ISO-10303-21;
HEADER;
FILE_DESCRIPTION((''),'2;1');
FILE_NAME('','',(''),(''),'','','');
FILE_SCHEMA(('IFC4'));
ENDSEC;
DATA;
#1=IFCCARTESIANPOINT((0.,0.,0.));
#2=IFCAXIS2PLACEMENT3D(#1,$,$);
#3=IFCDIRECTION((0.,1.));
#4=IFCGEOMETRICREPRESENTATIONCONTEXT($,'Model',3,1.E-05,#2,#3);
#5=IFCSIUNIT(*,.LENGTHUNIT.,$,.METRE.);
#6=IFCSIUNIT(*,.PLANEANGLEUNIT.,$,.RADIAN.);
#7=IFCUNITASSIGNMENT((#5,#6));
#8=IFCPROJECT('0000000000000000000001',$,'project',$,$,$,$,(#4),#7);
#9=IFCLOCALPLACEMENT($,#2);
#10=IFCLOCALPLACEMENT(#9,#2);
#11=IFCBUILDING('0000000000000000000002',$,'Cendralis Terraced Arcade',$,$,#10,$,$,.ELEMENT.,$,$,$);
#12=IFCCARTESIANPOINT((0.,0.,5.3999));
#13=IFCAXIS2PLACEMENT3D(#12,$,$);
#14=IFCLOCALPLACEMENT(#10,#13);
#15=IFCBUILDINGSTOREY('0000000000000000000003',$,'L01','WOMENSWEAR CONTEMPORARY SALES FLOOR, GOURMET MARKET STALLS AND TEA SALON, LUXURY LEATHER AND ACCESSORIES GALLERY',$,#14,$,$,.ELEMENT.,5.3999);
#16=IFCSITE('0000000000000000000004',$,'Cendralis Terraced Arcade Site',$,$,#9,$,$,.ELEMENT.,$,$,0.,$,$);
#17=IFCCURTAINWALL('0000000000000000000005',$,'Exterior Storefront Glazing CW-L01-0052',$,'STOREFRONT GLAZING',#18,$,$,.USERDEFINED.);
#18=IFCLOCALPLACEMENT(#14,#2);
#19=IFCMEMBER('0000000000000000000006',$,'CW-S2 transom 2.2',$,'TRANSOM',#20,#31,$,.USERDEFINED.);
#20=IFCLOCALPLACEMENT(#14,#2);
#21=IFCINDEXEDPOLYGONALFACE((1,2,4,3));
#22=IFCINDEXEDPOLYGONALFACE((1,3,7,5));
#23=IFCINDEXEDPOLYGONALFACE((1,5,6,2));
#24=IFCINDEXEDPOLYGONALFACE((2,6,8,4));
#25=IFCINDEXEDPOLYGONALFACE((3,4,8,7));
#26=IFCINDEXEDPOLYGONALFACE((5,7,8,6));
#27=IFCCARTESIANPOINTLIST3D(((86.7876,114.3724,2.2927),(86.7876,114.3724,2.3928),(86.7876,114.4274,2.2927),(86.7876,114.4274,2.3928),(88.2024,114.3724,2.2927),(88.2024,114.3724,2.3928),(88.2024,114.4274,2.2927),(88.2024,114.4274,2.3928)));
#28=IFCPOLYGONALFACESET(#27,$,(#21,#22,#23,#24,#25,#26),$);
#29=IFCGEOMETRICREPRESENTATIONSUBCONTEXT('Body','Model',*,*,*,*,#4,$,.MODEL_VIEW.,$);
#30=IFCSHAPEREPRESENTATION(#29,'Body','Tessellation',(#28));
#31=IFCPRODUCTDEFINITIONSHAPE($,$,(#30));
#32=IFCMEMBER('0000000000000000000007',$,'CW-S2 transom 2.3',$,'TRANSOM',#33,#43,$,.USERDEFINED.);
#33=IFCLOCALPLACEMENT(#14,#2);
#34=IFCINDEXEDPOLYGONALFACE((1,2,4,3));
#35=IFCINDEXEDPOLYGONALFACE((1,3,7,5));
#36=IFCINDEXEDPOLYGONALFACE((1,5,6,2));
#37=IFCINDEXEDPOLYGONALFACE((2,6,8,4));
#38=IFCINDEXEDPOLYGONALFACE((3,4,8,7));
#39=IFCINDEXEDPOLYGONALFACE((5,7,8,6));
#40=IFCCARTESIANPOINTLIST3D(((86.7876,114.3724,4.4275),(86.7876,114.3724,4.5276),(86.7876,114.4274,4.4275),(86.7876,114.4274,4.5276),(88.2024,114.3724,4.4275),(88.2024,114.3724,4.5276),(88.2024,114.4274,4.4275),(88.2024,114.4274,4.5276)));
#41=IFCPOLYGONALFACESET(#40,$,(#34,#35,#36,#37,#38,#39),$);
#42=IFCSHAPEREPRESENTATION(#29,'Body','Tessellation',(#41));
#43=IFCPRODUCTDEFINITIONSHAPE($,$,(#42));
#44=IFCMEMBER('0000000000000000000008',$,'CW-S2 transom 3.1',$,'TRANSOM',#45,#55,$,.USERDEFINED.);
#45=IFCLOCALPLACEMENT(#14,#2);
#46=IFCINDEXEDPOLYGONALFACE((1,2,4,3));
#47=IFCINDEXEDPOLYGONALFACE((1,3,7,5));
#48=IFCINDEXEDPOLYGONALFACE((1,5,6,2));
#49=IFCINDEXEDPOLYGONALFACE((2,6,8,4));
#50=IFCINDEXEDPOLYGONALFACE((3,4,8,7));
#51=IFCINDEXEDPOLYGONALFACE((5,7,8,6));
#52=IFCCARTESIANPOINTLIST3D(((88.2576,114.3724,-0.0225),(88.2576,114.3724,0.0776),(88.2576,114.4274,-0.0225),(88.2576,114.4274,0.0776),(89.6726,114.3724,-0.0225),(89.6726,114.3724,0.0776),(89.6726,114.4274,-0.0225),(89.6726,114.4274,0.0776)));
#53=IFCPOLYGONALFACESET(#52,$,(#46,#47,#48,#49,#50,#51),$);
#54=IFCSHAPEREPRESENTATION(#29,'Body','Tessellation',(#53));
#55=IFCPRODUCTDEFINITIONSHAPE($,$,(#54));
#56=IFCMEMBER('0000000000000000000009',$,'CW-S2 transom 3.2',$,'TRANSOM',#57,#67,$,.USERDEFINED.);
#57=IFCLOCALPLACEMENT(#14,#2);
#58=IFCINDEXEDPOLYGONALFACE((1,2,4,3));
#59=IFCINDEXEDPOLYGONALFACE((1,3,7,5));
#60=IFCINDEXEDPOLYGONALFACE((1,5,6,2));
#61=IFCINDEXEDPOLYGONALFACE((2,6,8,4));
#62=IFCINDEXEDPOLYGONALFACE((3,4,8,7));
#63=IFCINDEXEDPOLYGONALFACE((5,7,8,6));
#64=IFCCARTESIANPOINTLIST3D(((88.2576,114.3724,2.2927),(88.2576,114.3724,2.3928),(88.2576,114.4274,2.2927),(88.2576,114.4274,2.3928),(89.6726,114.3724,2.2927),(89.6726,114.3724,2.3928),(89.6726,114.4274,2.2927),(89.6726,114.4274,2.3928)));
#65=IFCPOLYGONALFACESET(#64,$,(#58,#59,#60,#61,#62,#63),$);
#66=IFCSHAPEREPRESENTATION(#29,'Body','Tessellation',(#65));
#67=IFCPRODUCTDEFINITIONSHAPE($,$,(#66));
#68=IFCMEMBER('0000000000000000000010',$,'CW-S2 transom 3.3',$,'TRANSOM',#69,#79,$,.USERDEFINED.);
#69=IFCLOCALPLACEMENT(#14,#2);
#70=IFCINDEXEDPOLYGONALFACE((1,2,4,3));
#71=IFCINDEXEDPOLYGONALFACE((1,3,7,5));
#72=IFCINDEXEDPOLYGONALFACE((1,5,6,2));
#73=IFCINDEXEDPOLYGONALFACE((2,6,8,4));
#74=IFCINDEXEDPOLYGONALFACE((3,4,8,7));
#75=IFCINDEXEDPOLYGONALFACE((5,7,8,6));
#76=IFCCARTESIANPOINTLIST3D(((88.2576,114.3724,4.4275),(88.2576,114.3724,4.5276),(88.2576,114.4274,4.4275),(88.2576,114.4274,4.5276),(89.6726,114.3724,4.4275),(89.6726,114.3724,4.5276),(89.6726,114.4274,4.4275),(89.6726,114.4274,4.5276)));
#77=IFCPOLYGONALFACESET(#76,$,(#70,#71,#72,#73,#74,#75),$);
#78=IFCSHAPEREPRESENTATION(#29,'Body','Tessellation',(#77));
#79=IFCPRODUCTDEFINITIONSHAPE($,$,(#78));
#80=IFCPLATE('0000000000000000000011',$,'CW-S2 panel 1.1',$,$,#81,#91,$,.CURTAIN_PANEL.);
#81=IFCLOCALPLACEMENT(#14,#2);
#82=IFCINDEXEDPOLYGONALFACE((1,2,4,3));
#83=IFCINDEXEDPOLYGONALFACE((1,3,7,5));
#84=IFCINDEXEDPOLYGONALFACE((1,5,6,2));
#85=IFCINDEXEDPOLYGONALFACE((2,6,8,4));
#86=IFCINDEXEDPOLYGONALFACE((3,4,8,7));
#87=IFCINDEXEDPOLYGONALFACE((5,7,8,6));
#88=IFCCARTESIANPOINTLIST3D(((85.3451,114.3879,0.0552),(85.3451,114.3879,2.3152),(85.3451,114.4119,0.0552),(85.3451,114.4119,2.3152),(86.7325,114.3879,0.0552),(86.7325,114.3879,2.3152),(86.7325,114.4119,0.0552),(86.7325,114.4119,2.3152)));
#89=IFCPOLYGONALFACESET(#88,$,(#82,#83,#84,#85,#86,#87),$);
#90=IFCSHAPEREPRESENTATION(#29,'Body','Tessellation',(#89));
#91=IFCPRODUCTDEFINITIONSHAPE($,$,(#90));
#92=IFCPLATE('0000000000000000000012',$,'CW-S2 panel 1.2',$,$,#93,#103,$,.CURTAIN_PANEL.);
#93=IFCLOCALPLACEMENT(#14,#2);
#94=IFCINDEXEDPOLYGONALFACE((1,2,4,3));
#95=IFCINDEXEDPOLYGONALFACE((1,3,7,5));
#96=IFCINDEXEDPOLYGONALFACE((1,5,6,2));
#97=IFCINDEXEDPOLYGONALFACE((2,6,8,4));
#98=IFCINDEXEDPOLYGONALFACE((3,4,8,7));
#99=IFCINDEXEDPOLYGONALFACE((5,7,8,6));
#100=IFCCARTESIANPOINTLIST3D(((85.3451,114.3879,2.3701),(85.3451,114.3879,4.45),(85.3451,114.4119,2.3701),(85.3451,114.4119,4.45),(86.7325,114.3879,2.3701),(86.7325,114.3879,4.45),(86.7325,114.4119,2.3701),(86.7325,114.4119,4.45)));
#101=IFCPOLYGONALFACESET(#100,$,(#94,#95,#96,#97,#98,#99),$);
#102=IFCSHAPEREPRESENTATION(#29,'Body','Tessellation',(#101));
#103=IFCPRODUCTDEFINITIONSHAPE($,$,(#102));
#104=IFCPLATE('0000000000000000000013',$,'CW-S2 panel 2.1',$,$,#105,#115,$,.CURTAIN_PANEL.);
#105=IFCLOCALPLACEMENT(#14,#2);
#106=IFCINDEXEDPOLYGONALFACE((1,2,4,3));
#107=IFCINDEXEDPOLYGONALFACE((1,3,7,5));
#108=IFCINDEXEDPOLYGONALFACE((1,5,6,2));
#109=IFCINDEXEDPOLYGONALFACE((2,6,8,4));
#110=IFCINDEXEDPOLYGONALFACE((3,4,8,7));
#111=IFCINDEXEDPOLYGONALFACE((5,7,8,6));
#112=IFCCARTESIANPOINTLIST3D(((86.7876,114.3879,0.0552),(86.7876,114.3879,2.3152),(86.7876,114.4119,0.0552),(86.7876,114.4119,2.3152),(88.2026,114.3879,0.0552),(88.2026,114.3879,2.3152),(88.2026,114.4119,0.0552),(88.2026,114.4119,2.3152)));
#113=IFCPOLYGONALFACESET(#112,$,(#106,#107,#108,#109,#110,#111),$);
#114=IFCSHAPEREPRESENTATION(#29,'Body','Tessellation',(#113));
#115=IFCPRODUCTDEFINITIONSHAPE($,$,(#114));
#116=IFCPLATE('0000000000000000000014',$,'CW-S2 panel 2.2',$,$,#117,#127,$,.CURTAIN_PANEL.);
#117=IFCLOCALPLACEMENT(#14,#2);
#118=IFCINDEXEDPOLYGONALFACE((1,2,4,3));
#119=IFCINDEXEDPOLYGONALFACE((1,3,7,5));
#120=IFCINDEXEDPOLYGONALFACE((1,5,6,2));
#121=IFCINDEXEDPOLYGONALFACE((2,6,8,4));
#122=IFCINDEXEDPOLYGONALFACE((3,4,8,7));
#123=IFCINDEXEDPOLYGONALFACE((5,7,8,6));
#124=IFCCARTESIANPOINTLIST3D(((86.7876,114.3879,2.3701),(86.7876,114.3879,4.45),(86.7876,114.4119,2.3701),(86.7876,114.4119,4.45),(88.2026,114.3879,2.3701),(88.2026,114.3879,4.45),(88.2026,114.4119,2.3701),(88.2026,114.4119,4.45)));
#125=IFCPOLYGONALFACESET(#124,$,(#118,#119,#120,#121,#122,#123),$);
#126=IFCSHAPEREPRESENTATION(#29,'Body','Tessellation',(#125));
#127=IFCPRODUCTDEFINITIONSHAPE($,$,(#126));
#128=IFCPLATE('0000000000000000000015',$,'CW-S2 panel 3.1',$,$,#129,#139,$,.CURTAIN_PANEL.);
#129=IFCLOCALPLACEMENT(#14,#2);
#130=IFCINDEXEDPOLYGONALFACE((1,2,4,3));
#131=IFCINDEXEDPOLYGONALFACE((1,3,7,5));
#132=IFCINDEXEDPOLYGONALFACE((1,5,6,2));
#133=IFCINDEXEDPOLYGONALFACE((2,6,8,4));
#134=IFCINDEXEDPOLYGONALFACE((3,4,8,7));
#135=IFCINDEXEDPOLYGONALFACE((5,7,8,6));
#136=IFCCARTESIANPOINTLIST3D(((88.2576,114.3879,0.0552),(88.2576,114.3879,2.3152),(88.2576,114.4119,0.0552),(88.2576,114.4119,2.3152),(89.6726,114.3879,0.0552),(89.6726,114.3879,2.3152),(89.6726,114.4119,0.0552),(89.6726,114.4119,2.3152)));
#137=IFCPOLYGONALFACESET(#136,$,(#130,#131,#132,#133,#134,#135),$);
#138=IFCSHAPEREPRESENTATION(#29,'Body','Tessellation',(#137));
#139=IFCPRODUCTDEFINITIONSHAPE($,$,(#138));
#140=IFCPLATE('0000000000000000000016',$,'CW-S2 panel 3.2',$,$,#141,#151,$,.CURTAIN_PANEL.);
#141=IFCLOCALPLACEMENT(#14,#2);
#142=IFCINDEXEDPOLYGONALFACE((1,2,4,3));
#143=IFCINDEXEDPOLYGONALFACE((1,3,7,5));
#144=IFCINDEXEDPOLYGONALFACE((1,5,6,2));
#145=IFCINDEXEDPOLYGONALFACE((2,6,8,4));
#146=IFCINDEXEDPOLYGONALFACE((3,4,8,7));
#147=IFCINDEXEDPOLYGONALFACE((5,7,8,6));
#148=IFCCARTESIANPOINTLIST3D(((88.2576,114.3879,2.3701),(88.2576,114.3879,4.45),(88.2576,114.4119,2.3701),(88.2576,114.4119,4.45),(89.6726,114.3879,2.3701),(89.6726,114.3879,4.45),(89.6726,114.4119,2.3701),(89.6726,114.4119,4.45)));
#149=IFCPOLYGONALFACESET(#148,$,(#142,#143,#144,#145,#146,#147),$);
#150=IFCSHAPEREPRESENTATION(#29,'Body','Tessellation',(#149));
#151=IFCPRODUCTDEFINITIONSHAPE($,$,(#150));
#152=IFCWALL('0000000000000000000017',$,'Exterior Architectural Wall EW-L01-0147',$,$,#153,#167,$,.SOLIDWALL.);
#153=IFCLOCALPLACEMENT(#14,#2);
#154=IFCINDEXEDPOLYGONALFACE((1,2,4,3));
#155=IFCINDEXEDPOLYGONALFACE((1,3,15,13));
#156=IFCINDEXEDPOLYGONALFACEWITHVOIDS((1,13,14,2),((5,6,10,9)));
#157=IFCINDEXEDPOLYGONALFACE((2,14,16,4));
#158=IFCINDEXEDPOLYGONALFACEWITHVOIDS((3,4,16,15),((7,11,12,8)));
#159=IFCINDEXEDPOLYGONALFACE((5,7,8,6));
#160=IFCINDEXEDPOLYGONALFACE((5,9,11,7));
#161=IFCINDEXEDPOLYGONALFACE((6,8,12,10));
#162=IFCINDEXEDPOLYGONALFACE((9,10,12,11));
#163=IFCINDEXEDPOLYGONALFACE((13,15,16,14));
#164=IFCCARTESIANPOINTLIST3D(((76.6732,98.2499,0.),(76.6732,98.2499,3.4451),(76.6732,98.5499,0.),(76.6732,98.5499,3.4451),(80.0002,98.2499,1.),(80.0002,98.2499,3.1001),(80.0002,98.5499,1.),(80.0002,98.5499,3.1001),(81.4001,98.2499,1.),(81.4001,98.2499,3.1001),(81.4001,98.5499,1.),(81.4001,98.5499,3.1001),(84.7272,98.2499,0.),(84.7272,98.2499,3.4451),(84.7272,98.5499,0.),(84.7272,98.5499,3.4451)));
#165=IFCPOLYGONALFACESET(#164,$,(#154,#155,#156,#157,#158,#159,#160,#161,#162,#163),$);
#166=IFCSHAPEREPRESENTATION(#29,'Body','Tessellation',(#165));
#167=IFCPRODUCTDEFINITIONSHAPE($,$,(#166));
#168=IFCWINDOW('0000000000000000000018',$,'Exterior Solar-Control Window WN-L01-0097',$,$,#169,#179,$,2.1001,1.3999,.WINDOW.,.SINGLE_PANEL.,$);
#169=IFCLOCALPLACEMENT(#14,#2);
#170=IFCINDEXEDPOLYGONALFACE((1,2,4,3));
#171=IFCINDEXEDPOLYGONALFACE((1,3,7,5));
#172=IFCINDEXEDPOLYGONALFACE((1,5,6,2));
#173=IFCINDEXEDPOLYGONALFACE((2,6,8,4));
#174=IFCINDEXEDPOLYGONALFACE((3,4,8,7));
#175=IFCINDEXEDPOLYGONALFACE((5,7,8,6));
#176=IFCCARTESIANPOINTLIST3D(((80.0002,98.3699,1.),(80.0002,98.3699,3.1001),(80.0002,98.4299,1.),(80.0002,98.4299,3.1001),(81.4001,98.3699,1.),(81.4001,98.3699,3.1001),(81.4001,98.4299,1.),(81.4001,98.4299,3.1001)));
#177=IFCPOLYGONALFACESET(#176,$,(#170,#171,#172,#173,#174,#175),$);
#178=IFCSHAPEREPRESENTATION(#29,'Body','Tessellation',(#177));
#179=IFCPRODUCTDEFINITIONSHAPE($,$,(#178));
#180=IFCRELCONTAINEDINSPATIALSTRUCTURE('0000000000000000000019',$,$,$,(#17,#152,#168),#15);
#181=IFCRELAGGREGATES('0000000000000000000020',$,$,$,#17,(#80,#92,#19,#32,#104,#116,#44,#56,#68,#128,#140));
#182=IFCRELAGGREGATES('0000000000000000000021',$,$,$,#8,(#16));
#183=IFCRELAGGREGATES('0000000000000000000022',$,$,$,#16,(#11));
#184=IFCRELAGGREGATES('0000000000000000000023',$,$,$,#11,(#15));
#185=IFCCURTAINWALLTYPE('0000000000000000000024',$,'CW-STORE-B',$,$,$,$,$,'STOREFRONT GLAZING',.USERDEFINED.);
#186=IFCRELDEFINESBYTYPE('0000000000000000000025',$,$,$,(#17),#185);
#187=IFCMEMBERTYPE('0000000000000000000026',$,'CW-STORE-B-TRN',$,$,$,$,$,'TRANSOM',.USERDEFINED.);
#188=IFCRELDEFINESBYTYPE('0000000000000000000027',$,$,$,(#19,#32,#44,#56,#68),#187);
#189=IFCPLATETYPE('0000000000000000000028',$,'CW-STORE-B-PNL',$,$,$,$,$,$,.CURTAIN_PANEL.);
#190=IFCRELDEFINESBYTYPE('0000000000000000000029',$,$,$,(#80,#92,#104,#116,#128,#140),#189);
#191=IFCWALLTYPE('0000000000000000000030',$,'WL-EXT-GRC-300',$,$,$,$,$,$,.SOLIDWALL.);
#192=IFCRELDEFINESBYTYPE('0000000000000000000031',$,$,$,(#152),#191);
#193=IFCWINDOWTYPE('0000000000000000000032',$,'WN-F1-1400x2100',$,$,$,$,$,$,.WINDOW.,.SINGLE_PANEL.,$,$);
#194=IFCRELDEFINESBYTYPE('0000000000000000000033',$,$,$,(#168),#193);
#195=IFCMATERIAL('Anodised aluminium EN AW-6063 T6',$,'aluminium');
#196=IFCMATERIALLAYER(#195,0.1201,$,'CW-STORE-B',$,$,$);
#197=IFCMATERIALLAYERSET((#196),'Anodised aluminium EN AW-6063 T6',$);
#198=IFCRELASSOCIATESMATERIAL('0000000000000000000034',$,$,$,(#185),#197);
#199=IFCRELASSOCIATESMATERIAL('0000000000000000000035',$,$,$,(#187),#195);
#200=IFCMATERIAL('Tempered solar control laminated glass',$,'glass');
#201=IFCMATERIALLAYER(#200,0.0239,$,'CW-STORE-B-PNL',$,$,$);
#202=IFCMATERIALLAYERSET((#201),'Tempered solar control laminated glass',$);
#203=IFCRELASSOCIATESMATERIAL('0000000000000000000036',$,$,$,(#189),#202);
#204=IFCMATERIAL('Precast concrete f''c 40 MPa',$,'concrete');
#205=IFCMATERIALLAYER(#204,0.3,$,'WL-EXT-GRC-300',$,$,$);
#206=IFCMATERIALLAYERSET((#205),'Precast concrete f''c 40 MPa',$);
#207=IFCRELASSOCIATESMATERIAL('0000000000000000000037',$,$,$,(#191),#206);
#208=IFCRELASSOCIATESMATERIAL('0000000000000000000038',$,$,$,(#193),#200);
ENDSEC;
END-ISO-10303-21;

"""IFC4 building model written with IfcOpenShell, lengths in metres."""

from ifc_helpers import new_model, si_unit, direction, frame, frame_2d, origin, origin_2d, place, context, subcontext, project, spatial, rectangle, extrude, material, layer, layer_set, material_profile, profile_set, type_object, element, fill, aggregate, save


model = new_model("IFC4")

# Units and contexts
model_context = context("Model", 3, precision=1e-05, world=origin(), true_north=direction((0.0, 1.0)))
body_context = subcontext(model_context, "Body", "Model", "MODEL_VIEW")
ifc_project = project(units=[si_unit("LENGTHUNIT", "METRE"), si_unit("PLANEANGLEUNIT", "RADIAN")], contexts=[model_context])

# Site, building, storey
site_placement = place(None, origin())
site = spatial("IfcSite", under=ifc_project, at=site_placement, Name="Cendralis Terraced Arcade Site", CompositionType="ELEMENT", RefElevation=0.0)
building_placement = place(site_placement, origin())
building = spatial("IfcBuilding", under=site, at=building_placement, Name="Cendralis Terraced Arcade", CompositionType="ELEMENT")
storey_placement = place(building_placement, frame((0.0, 0.0, 5.3999)))
storey = spatial("IfcBuildingStorey", under=building, at=storey_placement, Name="L01", Description="WOMENSWEAR CONTEMPORARY SALES FLOOR, GOURMET MARKET STALLS AND TEA SALON, LUXURY LEATHER AND ACCESSORIES GALLERY", CompositionType="ELEMENT", Elevation=5.3999)

# Curtain wall, members, plates
ifc_material_1 = material(Name="Anodised aluminium EN AW-6063 T6", Category="aluminium")
ifc_layer_1 = layer(ifc_material_1, 0.1201, Name="CW-STORE-B")
ifc_layer_set_1 = layer_set([ifc_layer_1], Name="Anodised aluminium EN AW-6063 T6")
curtain_wall_type = type_object("IfcCurtainWallType", Name="CW-STORE-B", ElementType="STOREFRONT GLAZING", PredefinedType="USERDEFINED", material=ifc_layer_set_1)
curtain_wall_placement = place(storey_placement, origin())
curtain_wall = element("IfcCurtainWall", 1, at=curtain_wall_placement, inside=storey, type_object=curtain_wall_type, Name="Exterior Storefront Glazing CW-L01-0052", ObjectType="STOREFRONT GLAZING", PredefinedType="USERDEFINED")
ifc_material_profile_1 = material_profile(ifc_material_1, rectangle(XDim=0.0549, YDim=0.1001, at=origin_2d()), Name="ALU-TRN-55x100")
ifc_profile_set_1 = profile_set([ifc_material_profile_1], Name="Anodised aluminium EN AW-6063 T6")
member_type_1 = type_object("IfcMemberType", Name="CW-STORE-B-TRN", ElementType="TRANSOM", PredefinedType="USERDEFINED", material=ifc_profile_set_1)
member_1_placement = place(storey_placement, frame((86.7876, 114.3999, 2.3428), z_axis=(1.0, 0.0, 0.0), x_axis=(0.0, 1.0, 0.0)))
member_1 = element("IfcMember", 2, at=member_1_placement, type_object=member_type_1, Name="CW-S2 transom 2.2", ObjectType="TRANSOM", PredefinedType="USERDEFINED", context=body_context, shape_type="SweptSolid", body=[
    extrude(rectangle(XDim=0.0549, YDim=0.1001, at=origin_2d()), origin(), (0.0, 0.0, 1.0), 1.4148),
])
member_2_placement = place(storey_placement, frame((86.7876, 114.3999, 4.4775), z_axis=(1.0, 0.0, 0.0), x_axis=(0.0, 1.0, 0.0)))
member_2 = element("IfcMember", 3, at=member_2_placement, type_object=member_type_1, Name="CW-S2 transom 2.3", ObjectType="TRANSOM", PredefinedType="USERDEFINED", context=body_context, shape_type="SweptSolid", body=[
    extrude(rectangle(XDim=0.0549, YDim=0.1001, at=origin_2d()), origin(), (0.0, 0.0, 1.0), 1.4148),
])
member_3_placement = place(storey_placement, frame((88.2576, 114.3999, 0.0276), z_axis=(1.0, 0.0, 0.0), x_axis=(0.0, 1.0, 0.0)))
member_3 = element("IfcMember", 4, at=member_3_placement, type_object=member_type_1, Name="CW-S2 transom 3.1", ObjectType="TRANSOM", PredefinedType="USERDEFINED", context=body_context, shape_type="SweptSolid", body=[
    extrude(rectangle(XDim=0.0549, YDim=0.1001, at=origin_2d()), origin(), (0.0, 0.0, 1.0), 1.415),
])
member_4_placement = place(storey_placement, frame((88.2576, 114.3999, 2.3428), z_axis=(1.0, 0.0, 0.0), x_axis=(0.0, 1.0, 0.0)))
member_4 = element("IfcMember", 5, at=member_4_placement, type_object=member_type_1, Name="CW-S2 transom 3.2", ObjectType="TRANSOM", PredefinedType="USERDEFINED", context=body_context, shape_type="SweptSolid", body=[
    extrude(rectangle(XDim=0.0549, YDim=0.1001, at=origin_2d()), origin(), (0.0, 0.0, 1.0), 1.415),
])
member_5_placement = place(storey_placement, frame((88.2576, 114.3999, 4.4775), z_axis=(1.0, 0.0, 0.0), x_axis=(0.0, 1.0, 0.0)))
member_5 = element("IfcMember", 6, at=member_5_placement, type_object=member_type_1, Name="CW-S2 transom 3.3", ObjectType="TRANSOM", PredefinedType="USERDEFINED", context=body_context, shape_type="SweptSolid", body=[
    extrude(rectangle(XDim=0.0549, YDim=0.1001, at=origin_2d()), origin(), (0.0, 0.0, 1.0), 1.415),
])
ifc_material_2 = material(Name="Tempered solar control laminated glass", Category="glass")
ifc_layer_2 = layer(ifc_material_2, 0.0239, Name="CW-STORE-B-PNL")
ifc_layer_set_2 = layer_set([ifc_layer_2], Name="Tempered solar control laminated glass")
plate_type = type_object("IfcPlateType", Name="CW-STORE-B-PNL", PredefinedType="CURTAIN_PANEL", material=ifc_layer_set_2)
plate_1_placement = place(storey_placement, frame((86.0388, 114.3999, 0.0552), z_axis=(0.0, 0.0, 1.0), x_axis=(1.0, 0.0, 0.0)))
plate_1 = element("IfcPlate", 7, at=plate_1_placement, type_object=plate_type, Name="CW-S2 panel 1.1", PredefinedType="CURTAIN_PANEL", context=body_context, shape_type="SweptSolid", body=[
    extrude(rectangle(XDim=1.3875, YDim=0.0239, at=origin_2d()), origin(), (0.0, 0.0, 1.0), 2.26),
])
plate_2_placement = place(storey_placement, frame((86.0388, 114.3999, 2.3701), z_axis=(0.0, 0.0, 1.0), x_axis=(1.0, 0.0, 0.0)))
plate_2 = element("IfcPlate", 8, at=plate_2_placement, type_object=plate_type, Name="CW-S2 panel 1.2", PredefinedType="CURTAIN_PANEL", context=body_context, shape_type="SweptSolid", body=[
    extrude(rectangle(XDim=1.3875, YDim=0.0239, at=origin_2d()), origin(), (0.0, 0.0, 1.0), 2.0798),
])
plate_3_placement = place(storey_placement, frame((87.4951, 114.3999, 0.0552), z_axis=(0.0, 0.0, 1.0), x_axis=(1.0, 0.0, 0.0)))
plate_3 = element("IfcPlate", 9, at=plate_3_placement, type_object=plate_type, Name="CW-S2 panel 2.1", PredefinedType="CURTAIN_PANEL", context=body_context, shape_type="SweptSolid", body=[
    extrude(rectangle(XDim=1.415, YDim=0.0239, at=origin_2d()), origin(), (0.0, 0.0, 1.0), 2.26),
])
plate_4_placement = place(storey_placement, frame((87.4951, 114.3999, 2.3701), z_axis=(0.0, 0.0, 1.0), x_axis=(1.0, 0.0, 0.0)))
plate_4 = element("IfcPlate", 10, at=plate_4_placement, type_object=plate_type, Name="CW-S2 panel 2.2", PredefinedType="CURTAIN_PANEL", context=body_context, shape_type="SweptSolid", body=[
    extrude(rectangle(XDim=1.415, YDim=0.0239, at=origin_2d()), origin(), (0.0, 0.0, 1.0), 2.0798),
])
plate_5_placement = place(storey_placement, frame((88.9651, 114.3999, 0.0552), z_axis=(0.0, 0.0, 1.0), x_axis=(1.0, 0.0, 0.0)))
plate_5 = element("IfcPlate", 11, at=plate_5_placement, type_object=plate_type, Name="CW-S2 panel 3.1", PredefinedType="CURTAIN_PANEL", context=body_context, shape_type="SweptSolid", body=[
    extrude(rectangle(XDim=1.415, YDim=0.0239, at=origin_2d()), origin(), (0.0, 0.0, 1.0), 2.26),
])
plate_6_placement = place(storey_placement, frame((88.9651, 114.3999, 2.3701), z_axis=(0.0, 0.0, 1.0), x_axis=(1.0, 0.0, 0.0)))
plate_6 = element("IfcPlate", 12, at=plate_6_placement, type_object=plate_type, Name="CW-S2 panel 3.2", PredefinedType="CURTAIN_PANEL", context=body_context, shape_type="SweptSolid", body=[
    extrude(rectangle(XDim=1.415, YDim=0.0239, at=origin_2d()), origin(), (0.0, 0.0, 1.0), 2.0798),
])
aggregate(curtain_wall, [plate_1, plate_2, member_1, member_2, plate_3, plate_4, member_3, member_4, member_5, plate_5, plate_6])

# Wall, opening, window
ifc_material_3 = material(Name="Precast concrete f'c 40 MPa", Category="concrete")
ifc_layer_3 = layer(ifc_material_3, 0.3, Name="WL-EXT-GRC-300")
ifc_layer_set_3 = layer_set([ifc_layer_3], Name="Precast concrete f'c 40 MPa")
wall_type = type_object("IfcWallType", Name="WL-EXT-GRC-300", PredefinedType="SOLIDWALL", material=ifc_layer_set_3)
wall_placement = place(storey_placement, frame((84.7271, 98.3999, 0.0), z_axis=(0.0, 0.0, 1.0), x_axis=(-1.0, 0.0, 0.0)))
wall = element("IfcWall", 13, at=wall_placement, inside=storey, type_object=wall_type, Name="Exterior Architectural Wall EW-L01-0147", PredefinedType="SOLIDWALL", context=body_context, shape_type="SweptSolid", body=[
    extrude(rectangle(XDim=8.054, YDim=0.3, at=frame_2d((4.0269, 0.0))), origin(), (0.0, 0.0, 1.0), 3.4451),
])
opening_placement = place(wall_placement, frame((3.3269, 0.0, 1.0)))
opening = element("IfcOpeningElement", 14, at=opening_placement, cuts=wall, PredefinedType="OPENING", context=body_context, shape_type="SweptSolid", body=[
    extrude(rectangle(XDim=1.3999, YDim=2.1001, at=frame_2d((0.7, 1.05))), frame((0.0, 0.1621, 0.0), z_axis=(0.0, -1.0, 0.0), x_axis=(1.0, 0.0, 0.0)), (0.0, 0.0, 1.0), 0.324),
])
window_type = type_object("IfcWindowType", Name="WN-F1-1400x2100", PartitioningType="SINGLE_PANEL", PredefinedType="WINDOW", material=ifc_material_2)
window_placement = place(opening_placement, origin())
window = element("IfcWindow", 15, at=window_placement, inside=storey, type_object=window_type, Name="Exterior Solar-Control Window WN-L01-0097", OverallHeight=2.1001, OverallWidth=1.3999, PartitioningType="SINGLE_PANEL", PredefinedType="WINDOW", context=body_context, shape_type="SweptSolid", body=[
    extrude(rectangle(XDim=1.3999, YDim=2.1001, at=frame_2d((0.7, 1.05))), frame((0.0, 0.03, 0.0), z_axis=(0.0, -1.0, 0.0), x_axis=(1.0, 0.0, 0.0)), (0.0, 0.0, 1.0), 0.0601),
])
fill(opening, window)

save(model, "model.ifc")
